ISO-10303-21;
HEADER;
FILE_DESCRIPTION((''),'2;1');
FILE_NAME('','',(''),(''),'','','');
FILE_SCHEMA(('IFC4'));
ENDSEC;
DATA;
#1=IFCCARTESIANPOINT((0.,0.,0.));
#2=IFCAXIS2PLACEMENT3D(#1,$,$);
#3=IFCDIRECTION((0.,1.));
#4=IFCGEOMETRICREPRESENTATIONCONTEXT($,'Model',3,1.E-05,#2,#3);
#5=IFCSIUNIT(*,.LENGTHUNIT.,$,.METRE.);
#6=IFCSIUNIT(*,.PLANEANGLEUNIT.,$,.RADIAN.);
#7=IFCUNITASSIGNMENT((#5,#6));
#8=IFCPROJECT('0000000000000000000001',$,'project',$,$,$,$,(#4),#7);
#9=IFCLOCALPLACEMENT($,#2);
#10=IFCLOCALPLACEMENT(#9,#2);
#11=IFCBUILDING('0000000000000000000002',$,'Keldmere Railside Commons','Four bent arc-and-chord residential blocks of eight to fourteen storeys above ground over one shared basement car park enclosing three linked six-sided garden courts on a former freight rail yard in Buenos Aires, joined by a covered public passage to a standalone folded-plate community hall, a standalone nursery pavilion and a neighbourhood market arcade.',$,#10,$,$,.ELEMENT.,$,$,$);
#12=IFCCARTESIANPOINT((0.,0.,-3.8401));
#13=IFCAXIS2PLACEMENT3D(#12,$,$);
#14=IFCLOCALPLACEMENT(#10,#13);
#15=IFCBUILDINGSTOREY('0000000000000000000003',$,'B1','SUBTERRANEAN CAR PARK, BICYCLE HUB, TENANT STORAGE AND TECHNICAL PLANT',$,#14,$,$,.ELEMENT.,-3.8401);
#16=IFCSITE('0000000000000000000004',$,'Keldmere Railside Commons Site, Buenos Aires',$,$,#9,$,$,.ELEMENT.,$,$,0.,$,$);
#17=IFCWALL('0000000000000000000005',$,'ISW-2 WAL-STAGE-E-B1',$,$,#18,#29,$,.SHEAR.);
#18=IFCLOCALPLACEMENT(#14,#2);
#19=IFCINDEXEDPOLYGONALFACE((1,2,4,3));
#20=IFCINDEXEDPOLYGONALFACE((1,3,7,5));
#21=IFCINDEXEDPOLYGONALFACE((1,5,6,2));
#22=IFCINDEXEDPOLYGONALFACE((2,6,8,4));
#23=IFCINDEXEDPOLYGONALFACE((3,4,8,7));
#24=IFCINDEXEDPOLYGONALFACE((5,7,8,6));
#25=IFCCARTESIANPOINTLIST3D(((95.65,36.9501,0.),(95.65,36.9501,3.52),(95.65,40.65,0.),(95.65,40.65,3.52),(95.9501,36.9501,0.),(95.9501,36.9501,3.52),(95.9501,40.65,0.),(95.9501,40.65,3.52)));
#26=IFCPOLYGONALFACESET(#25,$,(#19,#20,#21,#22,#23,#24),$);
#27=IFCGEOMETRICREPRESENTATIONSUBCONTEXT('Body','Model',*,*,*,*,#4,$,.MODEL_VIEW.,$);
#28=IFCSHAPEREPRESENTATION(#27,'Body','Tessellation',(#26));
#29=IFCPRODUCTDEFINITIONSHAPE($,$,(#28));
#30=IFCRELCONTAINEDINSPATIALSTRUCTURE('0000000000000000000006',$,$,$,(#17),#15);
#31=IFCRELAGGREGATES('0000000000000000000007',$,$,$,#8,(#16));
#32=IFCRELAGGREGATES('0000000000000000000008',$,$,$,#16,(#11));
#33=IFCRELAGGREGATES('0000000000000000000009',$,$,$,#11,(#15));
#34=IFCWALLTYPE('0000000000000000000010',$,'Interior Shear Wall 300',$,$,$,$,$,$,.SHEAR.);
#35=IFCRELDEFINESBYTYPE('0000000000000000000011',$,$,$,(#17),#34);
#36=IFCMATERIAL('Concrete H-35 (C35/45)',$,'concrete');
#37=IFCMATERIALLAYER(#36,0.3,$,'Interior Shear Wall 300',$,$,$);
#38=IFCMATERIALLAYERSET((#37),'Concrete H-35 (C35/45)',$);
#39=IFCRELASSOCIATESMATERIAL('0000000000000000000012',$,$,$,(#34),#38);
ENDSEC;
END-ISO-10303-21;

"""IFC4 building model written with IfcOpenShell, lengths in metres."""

from ifc_helpers import new_model, si_unit, direction, frame, frame_2d, origin, place, context, subcontext, project, spatial, rectangle, extrude, material, layer, layer_set, type_object, element, save


model = new_model("IFC4")

# Units and contexts
model_context = context("Model", 3, precision=1e-05, world=origin(), true_north=direction((0.0, 1.0)))
body_context = subcontext(model_context, "Body", "Model", "MODEL_VIEW")
ifc_project = project(units=[si_unit("LENGTHUNIT", "METRE"), si_unit("PLANEANGLEUNIT", "RADIAN")], contexts=[model_context])

# Site, building, storey
site_placement = place(None, origin())
site = spatial("IfcSite", under=ifc_project, at=site_placement, Name="Keldmere Railside Commons Site, Buenos Aires", CompositionType="ELEMENT", RefElevation=0.0)
building_placement = place(site_placement, origin())
building = spatial("IfcBuilding", under=site, at=building_placement, Name="Keldmere Railside Commons", Description="Four bent arc-and-chord residential blocks of eight to fourteen storeys above ground over one shared basement car park enclosing three linked six-sided garden courts on a former freight rail yard in Buenos Aires, joined by a covered public passage to a standalone folded-plate community hall, a standalone nursery pavilion and a neighbourhood market arcade.", CompositionType="ELEMENT")
storey_placement = place(building_placement, frame((0.0, 0.0, -3.8401)))
storey = spatial("IfcBuildingStorey", under=building, at=storey_placement, Name="B1", Description="SUBTERRANEAN CAR PARK, BICYCLE HUB, TENANT STORAGE AND TECHNICAL PLANT", CompositionType="ELEMENT", Elevation=-3.8401)

# Shared definitions
ifc_material_1 = material(Name="Concrete H-35 (C35/45)", Category="concrete")

# Wall
ifc_layer = layer(ifc_material_1, 0.3, Name="Interior Shear Wall 300")
ifc_layer_set = layer_set([ifc_layer], Name="Concrete H-35 (C35/45)")
wall_type = type_object("IfcWallType", Name="Interior Shear Wall 300", PredefinedType="SHEAR", material=ifc_layer_set)
wall_placement = place(storey_placement, frame((95.8, 36.95, 0.0), z_axis=(0.0, 0.0, 1.0), x_axis=(0.0, 1.0, 0.0)))
element("IfcWall", 1, at=wall_placement, inside=storey, type_object=wall_type, Name="ISW-2 WAL-STAGE-E-B1", PredefinedType="SHEAR", context=body_context, shape_type="SweptSolid", body=[
    extrude(rectangle(XDim=3.7, YDim=0.3, at=frame_2d((1.8501, 0.0))), origin(), (0.0, 0.0, 1.0), 3.52),
])

save(model, "model.ifc")
